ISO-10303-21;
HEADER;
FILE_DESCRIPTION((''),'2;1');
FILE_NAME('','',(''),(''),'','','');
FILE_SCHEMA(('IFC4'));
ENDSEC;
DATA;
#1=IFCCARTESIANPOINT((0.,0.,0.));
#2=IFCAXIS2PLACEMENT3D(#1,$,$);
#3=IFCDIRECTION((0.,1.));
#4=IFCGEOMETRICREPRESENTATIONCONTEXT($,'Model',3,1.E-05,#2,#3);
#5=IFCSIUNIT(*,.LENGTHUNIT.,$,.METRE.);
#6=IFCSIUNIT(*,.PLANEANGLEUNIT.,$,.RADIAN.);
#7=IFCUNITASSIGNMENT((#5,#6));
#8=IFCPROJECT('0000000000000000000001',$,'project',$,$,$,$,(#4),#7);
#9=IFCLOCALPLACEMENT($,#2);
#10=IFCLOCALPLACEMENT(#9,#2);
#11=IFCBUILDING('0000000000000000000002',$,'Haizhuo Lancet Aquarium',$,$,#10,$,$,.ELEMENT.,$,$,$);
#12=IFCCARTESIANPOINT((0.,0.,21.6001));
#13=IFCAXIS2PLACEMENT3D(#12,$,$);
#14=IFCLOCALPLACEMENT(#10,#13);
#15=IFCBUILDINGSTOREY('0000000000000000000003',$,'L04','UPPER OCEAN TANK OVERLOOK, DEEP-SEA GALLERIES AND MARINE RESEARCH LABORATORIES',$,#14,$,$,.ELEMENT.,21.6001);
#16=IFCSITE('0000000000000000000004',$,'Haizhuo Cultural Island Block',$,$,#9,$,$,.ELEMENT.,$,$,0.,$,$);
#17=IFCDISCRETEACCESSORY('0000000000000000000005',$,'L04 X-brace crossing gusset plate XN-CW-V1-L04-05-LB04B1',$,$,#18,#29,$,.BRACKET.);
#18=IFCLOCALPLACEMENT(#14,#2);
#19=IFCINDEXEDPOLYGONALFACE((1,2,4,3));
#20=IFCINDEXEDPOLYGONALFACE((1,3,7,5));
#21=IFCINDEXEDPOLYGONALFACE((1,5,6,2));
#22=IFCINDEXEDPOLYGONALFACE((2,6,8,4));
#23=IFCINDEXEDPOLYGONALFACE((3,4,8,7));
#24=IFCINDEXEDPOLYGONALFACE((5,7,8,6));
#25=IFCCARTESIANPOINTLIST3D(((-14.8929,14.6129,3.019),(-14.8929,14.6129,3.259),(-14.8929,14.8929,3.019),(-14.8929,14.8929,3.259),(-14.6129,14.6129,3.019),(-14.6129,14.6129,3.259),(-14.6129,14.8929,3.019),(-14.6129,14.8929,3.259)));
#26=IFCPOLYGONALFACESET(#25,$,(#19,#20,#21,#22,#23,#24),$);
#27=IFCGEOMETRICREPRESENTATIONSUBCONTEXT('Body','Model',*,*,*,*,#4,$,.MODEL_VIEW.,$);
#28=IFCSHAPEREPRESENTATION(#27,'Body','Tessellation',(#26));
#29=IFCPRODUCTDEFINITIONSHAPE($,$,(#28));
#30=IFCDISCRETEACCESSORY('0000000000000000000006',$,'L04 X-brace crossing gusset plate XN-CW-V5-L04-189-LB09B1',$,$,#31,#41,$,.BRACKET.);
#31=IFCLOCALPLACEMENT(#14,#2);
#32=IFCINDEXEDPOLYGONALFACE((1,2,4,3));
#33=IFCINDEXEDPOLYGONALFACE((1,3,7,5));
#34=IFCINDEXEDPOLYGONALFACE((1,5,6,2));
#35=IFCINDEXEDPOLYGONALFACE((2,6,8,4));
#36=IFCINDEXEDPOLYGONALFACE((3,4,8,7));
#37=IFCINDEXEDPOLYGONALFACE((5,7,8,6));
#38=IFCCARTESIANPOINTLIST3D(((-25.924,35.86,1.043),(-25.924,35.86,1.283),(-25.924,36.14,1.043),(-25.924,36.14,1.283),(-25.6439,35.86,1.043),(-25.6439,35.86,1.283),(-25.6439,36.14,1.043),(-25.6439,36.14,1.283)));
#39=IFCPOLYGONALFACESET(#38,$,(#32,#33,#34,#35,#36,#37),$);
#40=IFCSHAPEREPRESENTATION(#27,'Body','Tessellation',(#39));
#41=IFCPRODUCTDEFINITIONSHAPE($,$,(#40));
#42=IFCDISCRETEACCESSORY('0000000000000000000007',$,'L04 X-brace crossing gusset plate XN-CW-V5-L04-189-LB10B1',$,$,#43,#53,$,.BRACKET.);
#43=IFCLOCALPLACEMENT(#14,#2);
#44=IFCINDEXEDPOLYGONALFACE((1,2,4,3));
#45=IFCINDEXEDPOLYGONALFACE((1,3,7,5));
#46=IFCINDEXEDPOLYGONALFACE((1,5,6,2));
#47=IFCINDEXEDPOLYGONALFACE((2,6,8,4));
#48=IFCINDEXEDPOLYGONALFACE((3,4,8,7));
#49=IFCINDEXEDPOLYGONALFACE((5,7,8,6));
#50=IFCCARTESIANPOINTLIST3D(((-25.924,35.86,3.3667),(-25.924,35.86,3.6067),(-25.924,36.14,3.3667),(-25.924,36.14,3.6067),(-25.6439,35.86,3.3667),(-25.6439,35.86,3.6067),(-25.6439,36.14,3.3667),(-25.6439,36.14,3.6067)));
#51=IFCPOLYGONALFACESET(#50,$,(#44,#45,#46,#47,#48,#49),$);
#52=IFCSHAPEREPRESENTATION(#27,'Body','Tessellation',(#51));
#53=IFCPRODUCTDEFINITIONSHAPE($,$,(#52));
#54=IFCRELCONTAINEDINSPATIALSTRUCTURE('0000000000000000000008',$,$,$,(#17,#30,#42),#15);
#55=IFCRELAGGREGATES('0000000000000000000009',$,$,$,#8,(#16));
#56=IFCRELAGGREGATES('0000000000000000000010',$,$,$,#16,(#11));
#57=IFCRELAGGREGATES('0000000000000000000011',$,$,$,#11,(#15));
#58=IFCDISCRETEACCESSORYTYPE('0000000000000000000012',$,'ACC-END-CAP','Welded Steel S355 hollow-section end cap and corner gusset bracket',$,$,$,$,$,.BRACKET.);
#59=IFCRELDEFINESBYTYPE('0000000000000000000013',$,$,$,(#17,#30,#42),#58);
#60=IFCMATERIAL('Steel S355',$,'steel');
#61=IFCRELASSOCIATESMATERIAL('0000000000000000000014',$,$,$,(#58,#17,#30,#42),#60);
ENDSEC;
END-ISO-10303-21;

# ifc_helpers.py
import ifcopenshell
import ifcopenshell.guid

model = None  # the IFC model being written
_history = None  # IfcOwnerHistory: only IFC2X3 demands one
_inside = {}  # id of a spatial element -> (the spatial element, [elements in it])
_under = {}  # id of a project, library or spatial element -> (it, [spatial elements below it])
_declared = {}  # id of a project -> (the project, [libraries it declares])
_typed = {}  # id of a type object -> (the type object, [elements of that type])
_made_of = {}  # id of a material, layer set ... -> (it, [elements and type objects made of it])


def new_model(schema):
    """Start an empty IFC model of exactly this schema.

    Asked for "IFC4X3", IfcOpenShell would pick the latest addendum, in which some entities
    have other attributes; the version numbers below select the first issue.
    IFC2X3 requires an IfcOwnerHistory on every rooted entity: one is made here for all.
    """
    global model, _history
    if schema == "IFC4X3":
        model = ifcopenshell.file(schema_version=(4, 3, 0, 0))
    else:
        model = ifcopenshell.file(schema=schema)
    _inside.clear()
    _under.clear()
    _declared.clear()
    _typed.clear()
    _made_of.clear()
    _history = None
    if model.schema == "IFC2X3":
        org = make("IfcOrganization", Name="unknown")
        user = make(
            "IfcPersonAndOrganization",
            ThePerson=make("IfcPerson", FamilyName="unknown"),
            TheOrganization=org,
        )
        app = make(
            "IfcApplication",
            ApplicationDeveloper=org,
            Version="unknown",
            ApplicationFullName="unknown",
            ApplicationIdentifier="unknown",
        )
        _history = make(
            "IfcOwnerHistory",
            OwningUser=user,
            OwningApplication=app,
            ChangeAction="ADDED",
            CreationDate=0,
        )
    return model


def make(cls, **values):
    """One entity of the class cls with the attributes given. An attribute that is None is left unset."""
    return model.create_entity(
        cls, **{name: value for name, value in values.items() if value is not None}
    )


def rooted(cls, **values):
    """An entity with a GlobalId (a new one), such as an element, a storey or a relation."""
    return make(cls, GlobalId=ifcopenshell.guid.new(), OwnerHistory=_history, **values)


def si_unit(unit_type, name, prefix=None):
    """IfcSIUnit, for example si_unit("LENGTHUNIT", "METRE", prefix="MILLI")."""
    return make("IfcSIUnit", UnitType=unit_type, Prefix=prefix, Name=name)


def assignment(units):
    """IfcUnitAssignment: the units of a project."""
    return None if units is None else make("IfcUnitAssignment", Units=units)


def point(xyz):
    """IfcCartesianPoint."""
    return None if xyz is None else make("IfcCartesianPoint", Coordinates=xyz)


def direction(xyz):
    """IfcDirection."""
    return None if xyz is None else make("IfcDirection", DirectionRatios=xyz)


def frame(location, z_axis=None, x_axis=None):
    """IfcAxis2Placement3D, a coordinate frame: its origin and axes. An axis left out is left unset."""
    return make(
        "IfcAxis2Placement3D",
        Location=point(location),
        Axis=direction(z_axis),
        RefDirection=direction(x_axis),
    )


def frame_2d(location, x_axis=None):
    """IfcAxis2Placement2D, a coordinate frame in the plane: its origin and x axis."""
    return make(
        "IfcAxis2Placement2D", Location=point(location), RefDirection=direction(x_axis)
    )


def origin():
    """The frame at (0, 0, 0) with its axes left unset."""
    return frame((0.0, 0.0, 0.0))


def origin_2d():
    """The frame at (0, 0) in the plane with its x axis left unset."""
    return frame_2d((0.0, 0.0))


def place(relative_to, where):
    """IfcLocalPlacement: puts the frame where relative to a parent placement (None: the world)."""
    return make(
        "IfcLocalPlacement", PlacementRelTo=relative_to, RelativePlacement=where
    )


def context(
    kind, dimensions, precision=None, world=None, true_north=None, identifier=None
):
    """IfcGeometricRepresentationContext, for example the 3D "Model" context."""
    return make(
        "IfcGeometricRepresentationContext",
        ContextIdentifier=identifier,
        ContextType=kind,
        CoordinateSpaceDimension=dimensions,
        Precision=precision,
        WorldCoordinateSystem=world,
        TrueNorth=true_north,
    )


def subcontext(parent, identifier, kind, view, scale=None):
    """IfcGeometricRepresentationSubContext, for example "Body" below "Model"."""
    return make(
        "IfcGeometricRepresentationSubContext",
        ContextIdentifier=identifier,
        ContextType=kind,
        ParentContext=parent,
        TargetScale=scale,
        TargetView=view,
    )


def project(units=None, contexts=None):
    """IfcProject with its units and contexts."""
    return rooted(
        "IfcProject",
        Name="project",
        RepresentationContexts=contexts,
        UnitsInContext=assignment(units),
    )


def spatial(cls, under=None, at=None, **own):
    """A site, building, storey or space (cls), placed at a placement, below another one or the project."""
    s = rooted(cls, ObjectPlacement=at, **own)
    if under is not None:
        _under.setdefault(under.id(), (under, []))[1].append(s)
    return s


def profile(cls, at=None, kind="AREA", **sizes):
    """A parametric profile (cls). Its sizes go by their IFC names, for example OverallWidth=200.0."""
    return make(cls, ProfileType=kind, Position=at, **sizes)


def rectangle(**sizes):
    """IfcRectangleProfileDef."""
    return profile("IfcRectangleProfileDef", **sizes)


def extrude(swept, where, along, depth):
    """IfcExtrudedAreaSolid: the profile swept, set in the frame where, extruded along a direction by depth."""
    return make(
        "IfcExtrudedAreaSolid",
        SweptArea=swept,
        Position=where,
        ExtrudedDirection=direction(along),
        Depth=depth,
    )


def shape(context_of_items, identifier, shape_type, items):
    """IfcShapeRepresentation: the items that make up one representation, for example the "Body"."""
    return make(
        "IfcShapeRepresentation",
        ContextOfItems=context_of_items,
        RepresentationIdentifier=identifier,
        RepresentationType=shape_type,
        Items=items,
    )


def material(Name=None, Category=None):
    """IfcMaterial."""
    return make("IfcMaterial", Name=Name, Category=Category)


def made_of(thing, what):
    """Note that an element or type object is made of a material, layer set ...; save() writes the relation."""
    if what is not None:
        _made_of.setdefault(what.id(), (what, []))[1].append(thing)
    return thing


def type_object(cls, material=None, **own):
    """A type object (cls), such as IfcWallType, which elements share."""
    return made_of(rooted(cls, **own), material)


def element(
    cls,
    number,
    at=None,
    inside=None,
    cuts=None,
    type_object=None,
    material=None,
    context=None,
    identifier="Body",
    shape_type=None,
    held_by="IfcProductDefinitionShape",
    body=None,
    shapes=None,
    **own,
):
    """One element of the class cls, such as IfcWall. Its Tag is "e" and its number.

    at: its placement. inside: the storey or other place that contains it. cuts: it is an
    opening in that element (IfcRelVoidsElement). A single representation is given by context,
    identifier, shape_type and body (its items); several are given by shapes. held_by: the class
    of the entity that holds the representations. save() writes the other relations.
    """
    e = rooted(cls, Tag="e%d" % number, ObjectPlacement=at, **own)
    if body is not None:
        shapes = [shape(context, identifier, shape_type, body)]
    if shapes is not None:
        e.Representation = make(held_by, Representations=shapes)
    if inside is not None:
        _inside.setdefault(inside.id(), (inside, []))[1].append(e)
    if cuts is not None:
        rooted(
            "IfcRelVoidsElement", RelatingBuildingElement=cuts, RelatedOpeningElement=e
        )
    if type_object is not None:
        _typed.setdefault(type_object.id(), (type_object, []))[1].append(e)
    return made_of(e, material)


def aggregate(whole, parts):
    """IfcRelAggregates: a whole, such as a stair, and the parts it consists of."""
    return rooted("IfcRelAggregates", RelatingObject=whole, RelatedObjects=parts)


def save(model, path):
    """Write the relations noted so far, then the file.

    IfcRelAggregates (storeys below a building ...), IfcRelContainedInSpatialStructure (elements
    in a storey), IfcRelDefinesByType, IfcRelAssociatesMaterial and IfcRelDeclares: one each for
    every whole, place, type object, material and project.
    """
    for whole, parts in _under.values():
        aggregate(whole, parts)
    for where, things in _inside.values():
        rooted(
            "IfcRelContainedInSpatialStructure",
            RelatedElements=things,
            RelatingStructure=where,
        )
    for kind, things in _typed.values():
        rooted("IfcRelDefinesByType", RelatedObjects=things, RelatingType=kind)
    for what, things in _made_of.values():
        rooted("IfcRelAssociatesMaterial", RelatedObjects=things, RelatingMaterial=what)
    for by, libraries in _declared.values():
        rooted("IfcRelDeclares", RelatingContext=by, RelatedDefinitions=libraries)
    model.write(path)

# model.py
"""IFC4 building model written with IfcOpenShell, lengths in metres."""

from ifc_helpers import new_model, si_unit, direction, frame, origin, origin_2d, place, context, subcontext, project, spatial, rectangle, extrude, material, type_object, element, save


model = new_model("IFC4")

# Units and contexts
model_context = context("Model", 3, precision=1e-05, world=origin(), true_north=direction((0.0, 1.0)))
body_context = subcontext(model_context, "Body", "Model", "MODEL_VIEW")
ifc_project = project(units=[si_unit("LENGTHUNIT", "METRE"), si_unit("PLANEANGLEUNIT", "RADIAN")], contexts=[model_context])

# Site, building, storey
site_placement = place(None, origin())
site = spatial("IfcSite", under=ifc_project, at=site_placement, Name="Haizhuo Cultural Island Block", CompositionType="ELEMENT", RefElevation=0.0)
building_placement = place(site_placement, origin())
building = spatial("IfcBuilding", under=site, at=building_placement, Name="Haizhuo Lancet Aquarium", CompositionType="ELEMENT")
storey_placement = place(building_placement, frame((0.0, 0.0, 21.6001)))
storey = spatial("IfcBuildingStorey", under=building, at=storey_placement, Name="L04", Description="UPPER OCEAN TANK OVERLOOK, DEEP-SEA GALLERIES AND MARINE RESEARCH LABORATORIES", CompositionType="ELEMENT", Elevation=21.6001)

# Shared definitions
ifc_material_1 = material(Name="Steel S355", Category="steel")

# Discrete accessories
discrete_accessory_type = type_object("IfcDiscreteAccessoryType", Name="ACC-END-CAP", Description="Welded Steel S355 hollow-section end cap and corner gusset bracket", PredefinedType="BRACKET", material=ifc_material_1)
for number, where, z_axis, x_axis, name in (
    (1, (-14.7529, 14.7529, 3.019), (0.0, 0.0, 1.0), (1.0, 0.0, 0.0), "L04 X-brace crossing gusset plate XN-CW-V1-L04-05-LB04B1"),
    (2, (-25.7839, 36.0, 1.043), (0.0, 0.0, 1.0), (1.0, 0.0, 0.0), "L04 X-brace crossing gusset plate XN-CW-V5-L04-189-LB09B1"),
    (3, (-25.7839, 36.0, 3.3667), (0.0, 0.0, 1.0), (1.0, 0.0, 0.0), "L04 X-brace crossing gusset plate XN-CW-V5-L04-189-LB10B1"),
):
    element("IfcDiscreteAccessory", number, at=place(storey_placement, frame(where, z_axis=z_axis, x_axis=x_axis)), inside=storey, type_object=discrete_accessory_type, material=ifc_material_1, Name=name, PredefinedType="BRACKET", context=body_context, shape_type="SweptSolid", body=[
        extrude(rectangle(XDim=0.28, YDim=0.28, at=origin_2d()), origin(), (0.0, 0.0, 1.0), 0.24),
    ])

save(model, "model.ifc")
